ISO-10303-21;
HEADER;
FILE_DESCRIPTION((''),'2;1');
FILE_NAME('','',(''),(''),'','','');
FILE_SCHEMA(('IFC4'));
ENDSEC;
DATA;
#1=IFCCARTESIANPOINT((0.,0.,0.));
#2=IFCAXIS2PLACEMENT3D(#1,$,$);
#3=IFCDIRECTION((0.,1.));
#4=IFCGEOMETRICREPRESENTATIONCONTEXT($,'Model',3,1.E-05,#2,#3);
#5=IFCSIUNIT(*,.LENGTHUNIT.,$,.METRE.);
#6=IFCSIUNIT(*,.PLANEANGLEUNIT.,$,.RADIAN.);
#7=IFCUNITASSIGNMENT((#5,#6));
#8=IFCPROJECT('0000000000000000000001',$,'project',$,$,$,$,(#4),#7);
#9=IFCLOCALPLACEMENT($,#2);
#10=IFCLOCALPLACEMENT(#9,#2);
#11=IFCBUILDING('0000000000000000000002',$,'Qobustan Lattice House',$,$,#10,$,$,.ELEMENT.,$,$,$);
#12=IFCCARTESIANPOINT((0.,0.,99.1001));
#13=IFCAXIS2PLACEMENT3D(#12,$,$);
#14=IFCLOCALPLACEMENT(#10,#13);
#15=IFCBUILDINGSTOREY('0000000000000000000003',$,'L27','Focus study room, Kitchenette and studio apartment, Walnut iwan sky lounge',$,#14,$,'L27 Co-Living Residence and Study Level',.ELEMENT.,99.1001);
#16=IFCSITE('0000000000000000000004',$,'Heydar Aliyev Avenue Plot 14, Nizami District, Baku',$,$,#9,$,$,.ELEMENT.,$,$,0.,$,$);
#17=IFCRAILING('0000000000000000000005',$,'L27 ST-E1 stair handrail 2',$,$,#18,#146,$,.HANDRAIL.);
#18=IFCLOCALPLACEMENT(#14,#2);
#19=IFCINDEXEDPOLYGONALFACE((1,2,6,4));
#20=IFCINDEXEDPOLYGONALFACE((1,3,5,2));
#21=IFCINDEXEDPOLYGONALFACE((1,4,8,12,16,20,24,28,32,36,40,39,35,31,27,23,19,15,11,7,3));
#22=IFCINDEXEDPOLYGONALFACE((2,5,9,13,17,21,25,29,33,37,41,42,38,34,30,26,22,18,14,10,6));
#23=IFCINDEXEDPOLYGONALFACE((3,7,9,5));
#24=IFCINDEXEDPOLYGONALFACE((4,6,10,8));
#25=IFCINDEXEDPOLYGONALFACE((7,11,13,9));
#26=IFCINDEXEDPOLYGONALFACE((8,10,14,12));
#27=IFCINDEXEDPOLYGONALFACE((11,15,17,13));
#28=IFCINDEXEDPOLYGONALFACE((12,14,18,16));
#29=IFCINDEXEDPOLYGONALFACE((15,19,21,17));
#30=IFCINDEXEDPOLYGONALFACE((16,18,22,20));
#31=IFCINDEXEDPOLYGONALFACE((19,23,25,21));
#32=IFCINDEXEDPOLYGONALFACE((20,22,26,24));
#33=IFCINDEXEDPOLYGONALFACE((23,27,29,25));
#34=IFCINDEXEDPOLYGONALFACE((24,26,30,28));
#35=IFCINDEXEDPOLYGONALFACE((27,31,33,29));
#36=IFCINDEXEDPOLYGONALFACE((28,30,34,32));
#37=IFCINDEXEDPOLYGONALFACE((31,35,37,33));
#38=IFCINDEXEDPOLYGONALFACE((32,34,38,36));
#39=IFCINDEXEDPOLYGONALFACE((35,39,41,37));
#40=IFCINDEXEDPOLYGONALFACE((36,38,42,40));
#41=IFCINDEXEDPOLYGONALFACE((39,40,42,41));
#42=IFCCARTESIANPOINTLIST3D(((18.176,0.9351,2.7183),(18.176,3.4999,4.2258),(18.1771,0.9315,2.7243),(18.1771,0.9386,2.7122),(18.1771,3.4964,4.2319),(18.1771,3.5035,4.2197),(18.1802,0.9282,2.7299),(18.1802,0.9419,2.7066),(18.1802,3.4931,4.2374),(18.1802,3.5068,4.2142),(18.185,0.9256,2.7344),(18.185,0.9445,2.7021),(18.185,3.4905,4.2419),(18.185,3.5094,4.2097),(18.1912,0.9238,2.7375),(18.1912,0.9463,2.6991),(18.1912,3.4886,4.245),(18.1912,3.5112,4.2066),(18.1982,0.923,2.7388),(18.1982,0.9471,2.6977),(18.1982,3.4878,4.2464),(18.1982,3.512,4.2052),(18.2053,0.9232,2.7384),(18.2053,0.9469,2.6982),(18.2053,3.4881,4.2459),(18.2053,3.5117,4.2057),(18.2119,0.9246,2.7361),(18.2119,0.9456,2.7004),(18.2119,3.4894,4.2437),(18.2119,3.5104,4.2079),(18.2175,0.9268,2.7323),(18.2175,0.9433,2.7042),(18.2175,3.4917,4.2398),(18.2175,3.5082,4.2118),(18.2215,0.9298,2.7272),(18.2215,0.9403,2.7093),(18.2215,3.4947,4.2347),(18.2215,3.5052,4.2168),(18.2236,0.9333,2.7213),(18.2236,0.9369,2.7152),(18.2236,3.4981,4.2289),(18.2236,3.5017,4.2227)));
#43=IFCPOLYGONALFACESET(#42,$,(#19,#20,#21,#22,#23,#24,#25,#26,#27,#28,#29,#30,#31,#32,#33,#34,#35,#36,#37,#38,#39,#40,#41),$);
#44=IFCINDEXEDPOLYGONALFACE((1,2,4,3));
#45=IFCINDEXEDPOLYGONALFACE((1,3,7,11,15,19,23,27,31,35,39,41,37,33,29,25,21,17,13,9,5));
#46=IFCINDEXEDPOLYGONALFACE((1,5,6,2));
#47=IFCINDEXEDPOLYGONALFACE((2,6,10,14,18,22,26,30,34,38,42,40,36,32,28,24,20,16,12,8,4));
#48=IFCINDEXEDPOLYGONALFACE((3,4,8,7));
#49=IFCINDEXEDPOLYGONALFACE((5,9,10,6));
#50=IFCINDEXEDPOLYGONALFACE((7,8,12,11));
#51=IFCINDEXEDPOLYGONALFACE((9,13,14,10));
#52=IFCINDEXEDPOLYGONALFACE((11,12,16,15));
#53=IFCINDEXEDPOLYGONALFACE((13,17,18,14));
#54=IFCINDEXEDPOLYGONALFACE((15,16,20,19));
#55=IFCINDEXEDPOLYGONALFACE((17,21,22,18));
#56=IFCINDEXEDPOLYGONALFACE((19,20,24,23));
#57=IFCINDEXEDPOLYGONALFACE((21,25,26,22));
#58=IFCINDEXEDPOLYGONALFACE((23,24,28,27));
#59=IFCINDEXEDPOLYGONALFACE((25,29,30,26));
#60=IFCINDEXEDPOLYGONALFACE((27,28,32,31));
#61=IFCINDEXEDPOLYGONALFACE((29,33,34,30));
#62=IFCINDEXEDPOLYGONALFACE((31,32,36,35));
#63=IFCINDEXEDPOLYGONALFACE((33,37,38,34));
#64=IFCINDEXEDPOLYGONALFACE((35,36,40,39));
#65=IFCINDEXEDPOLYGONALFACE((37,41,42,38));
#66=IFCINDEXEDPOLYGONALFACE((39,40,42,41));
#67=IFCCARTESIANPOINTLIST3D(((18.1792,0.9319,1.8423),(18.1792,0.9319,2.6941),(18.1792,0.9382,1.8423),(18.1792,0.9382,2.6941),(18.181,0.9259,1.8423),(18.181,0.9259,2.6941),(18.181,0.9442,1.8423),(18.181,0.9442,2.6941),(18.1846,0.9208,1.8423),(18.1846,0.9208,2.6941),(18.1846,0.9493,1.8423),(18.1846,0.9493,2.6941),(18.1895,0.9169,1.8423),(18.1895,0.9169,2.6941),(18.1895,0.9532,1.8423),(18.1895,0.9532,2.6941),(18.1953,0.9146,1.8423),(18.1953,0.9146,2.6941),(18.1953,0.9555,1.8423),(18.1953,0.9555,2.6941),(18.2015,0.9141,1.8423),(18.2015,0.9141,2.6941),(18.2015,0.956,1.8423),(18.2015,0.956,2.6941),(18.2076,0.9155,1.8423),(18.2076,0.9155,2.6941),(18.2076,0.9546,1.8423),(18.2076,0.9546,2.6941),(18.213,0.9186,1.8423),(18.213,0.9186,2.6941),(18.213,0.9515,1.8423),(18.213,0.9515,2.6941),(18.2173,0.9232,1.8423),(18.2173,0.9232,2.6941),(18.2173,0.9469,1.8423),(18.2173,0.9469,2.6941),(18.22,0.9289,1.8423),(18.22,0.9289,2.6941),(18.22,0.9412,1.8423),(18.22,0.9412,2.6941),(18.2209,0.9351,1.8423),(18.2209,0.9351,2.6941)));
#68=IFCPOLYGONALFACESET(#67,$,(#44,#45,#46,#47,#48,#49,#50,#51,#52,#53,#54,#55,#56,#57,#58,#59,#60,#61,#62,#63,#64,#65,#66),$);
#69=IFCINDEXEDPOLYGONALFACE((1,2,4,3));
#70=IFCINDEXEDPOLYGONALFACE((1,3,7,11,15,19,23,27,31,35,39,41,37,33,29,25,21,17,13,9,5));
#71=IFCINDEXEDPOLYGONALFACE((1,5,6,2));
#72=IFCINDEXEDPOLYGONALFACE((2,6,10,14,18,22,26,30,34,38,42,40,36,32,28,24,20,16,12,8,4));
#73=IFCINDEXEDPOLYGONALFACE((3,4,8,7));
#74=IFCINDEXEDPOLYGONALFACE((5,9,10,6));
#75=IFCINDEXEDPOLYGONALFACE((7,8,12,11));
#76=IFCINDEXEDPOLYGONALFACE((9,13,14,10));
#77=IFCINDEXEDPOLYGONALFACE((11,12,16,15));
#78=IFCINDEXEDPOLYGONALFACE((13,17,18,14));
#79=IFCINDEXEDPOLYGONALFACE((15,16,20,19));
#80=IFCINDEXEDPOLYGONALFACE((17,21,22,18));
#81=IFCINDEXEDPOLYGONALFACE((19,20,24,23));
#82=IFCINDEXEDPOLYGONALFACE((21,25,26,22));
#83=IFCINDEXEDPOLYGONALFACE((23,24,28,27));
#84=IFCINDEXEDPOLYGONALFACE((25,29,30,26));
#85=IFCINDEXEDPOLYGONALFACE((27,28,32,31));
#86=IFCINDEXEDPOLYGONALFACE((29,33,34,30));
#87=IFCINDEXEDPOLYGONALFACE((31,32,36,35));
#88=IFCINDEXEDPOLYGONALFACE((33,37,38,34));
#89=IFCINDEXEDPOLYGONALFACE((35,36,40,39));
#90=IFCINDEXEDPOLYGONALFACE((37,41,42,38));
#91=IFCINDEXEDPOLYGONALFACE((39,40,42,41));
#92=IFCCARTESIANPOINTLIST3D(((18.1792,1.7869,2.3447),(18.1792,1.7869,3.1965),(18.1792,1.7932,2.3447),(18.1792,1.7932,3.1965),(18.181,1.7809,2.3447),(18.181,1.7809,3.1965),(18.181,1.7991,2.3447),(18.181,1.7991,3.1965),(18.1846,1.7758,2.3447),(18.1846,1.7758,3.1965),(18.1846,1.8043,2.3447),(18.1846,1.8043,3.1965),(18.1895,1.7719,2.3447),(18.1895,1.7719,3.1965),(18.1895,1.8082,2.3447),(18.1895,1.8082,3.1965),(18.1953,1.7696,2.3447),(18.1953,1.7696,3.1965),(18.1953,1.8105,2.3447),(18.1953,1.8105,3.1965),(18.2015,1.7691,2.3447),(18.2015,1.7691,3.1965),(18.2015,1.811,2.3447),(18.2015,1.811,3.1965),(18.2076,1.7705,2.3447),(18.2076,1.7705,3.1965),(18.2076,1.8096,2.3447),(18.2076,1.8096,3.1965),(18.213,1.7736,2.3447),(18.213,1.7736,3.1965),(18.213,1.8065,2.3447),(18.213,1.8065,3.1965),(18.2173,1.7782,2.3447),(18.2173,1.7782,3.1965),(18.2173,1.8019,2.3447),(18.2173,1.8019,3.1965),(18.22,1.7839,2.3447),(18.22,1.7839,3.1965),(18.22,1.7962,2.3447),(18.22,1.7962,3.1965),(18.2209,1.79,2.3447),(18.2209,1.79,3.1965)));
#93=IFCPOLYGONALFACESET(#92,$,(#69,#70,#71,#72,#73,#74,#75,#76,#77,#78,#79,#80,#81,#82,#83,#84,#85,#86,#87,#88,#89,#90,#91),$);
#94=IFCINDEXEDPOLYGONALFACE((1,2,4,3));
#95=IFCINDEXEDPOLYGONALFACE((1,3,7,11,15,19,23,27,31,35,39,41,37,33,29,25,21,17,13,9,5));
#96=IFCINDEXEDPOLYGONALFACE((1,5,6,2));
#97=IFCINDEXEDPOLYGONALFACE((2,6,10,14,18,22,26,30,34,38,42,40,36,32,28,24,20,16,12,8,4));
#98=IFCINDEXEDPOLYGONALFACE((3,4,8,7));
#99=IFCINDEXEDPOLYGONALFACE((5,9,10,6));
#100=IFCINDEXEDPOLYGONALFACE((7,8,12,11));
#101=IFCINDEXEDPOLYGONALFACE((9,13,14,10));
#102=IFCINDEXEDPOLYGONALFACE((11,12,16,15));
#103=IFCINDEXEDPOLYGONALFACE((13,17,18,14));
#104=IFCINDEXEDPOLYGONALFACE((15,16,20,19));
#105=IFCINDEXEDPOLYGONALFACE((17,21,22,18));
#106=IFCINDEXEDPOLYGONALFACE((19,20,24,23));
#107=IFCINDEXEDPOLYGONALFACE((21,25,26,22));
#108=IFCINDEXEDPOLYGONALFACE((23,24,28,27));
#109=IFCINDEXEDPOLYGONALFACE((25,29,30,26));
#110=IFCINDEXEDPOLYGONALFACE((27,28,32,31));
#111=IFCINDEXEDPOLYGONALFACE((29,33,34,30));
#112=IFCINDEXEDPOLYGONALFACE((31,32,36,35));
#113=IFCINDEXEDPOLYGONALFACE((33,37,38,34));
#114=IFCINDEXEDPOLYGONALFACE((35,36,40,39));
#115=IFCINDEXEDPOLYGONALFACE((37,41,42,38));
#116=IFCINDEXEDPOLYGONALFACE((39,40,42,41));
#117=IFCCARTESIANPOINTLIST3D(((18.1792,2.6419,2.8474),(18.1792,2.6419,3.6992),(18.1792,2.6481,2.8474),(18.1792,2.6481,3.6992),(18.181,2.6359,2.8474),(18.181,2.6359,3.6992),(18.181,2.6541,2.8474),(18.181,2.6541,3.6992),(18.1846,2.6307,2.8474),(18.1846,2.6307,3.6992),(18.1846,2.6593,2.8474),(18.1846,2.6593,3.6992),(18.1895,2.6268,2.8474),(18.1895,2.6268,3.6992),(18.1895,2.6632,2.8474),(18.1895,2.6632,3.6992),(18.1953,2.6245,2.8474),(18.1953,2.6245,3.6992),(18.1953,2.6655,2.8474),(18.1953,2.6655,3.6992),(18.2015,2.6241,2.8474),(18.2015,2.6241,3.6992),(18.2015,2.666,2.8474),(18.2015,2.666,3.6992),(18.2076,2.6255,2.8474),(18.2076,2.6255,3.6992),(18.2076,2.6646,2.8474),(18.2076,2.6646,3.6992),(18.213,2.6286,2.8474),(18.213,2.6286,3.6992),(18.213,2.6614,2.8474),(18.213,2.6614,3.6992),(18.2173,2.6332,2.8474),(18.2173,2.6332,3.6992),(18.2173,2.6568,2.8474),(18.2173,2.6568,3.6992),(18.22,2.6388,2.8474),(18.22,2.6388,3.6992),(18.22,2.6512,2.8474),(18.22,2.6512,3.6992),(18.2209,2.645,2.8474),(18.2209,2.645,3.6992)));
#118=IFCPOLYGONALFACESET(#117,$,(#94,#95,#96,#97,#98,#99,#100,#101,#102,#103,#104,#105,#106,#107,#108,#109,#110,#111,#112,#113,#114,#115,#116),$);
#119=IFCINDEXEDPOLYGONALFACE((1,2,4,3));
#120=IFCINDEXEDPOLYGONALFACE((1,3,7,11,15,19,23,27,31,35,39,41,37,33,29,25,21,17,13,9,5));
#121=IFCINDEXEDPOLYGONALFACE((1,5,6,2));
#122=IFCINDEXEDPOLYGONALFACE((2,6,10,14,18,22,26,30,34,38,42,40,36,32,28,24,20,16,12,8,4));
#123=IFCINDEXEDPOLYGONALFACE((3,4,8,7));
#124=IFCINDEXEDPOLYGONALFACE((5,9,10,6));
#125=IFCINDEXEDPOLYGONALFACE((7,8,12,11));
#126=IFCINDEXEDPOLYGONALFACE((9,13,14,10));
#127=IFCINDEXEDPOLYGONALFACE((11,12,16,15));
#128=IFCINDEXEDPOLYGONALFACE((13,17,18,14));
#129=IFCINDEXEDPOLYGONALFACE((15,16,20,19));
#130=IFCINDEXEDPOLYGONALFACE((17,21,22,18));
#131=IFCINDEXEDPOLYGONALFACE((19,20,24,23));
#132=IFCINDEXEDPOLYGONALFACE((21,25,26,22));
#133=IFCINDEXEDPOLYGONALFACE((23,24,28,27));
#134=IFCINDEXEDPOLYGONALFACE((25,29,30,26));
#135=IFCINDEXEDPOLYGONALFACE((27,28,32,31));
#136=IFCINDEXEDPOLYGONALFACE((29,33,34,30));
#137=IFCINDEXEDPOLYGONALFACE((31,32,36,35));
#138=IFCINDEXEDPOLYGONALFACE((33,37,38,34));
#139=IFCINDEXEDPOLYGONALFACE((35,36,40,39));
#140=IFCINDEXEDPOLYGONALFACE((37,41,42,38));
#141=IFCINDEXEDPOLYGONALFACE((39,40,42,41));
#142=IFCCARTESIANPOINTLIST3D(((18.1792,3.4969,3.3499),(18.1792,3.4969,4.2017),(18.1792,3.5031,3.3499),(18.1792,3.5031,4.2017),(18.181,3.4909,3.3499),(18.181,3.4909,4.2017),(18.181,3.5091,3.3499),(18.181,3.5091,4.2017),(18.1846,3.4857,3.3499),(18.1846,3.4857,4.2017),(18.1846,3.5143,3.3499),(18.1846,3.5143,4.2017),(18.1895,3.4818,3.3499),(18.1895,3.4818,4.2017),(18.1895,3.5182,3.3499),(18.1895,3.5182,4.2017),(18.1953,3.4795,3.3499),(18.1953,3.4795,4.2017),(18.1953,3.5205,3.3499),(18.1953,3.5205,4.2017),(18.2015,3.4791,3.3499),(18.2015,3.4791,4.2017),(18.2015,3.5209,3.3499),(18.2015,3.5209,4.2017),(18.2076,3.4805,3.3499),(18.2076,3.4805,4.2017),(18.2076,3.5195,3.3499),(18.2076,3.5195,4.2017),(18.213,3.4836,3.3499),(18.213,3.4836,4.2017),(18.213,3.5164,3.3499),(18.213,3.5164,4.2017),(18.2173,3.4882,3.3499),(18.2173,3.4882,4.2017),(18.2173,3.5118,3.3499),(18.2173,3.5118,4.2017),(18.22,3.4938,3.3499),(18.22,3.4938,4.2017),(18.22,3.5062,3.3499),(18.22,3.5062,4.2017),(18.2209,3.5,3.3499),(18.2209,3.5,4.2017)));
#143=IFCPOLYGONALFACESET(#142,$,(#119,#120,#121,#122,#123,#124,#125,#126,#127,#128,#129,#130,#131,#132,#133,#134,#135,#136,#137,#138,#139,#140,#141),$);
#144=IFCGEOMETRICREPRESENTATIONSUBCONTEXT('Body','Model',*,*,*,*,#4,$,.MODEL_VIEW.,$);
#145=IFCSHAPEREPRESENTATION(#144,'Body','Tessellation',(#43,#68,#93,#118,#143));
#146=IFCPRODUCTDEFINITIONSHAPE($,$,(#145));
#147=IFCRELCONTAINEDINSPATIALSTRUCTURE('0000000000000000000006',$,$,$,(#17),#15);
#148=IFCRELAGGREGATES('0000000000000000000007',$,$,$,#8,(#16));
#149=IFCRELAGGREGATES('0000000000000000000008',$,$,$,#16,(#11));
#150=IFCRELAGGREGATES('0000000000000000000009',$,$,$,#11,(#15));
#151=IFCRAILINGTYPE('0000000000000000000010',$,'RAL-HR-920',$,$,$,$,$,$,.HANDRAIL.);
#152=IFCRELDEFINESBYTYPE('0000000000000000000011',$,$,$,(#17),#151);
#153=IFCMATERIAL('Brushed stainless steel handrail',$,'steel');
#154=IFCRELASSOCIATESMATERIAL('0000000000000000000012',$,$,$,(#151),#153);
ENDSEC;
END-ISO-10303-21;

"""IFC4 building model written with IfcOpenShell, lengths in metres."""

from ifc_helpers import new_model, si_unit, direction, frame, origin, origin_2d, place, context, subcontext, project, spatial, circle, extrude, material, type_object, element, save


model = new_model("IFC4")

# Units and contexts
model_context = context("Model", 3, precision=1e-05, world=origin(), true_north=direction((0.0, 1.0)))
body_context = subcontext(model_context, "Body", "Model", "MODEL_VIEW")
ifc_project = project(units=[si_unit("LENGTHUNIT", "METRE"), si_unit("PLANEANGLEUNIT", "RADIAN")], contexts=[model_context])

# Site, building, storey
site_placement = place(None, origin())
site = spatial("IfcSite", under=ifc_project, at=site_placement, Name="Heydar Aliyev Avenue Plot 14, Nizami District, Baku", CompositionType="ELEMENT", RefElevation=0.0)
building_placement = place(site_placement, origin())
building = spatial("IfcBuilding", under=site, at=building_placement, Name="Qobustan Lattice House", CompositionType="ELEMENT")
storey_placement = place(building_placement, frame((0.0, 0.0, 99.1001)))
storey = spatial("IfcBuildingStorey", under=building, at=storey_placement, Name="L27", Description="Focus study room, Kitchenette and studio apartment, Walnut iwan sky lounge", LongName="L27 Co-Living Residence and Study Level", CompositionType="ELEMENT", Elevation=99.1001)

# Railing
ifc_material_1 = material(Name="Brushed stainless steel handrail", Category="steel")
railing_type = type_object("IfcRailingType", Name="RAL-HR-920", PredefinedType="HANDRAIL", material=ifc_material_1)
railing_placement = place(storey_placement, frame((18.2, 0.9351, 1.8423)))
element("IfcRailing", 1, at=railing_placement, inside=storey, type_object=railing_type, Name="L27 ST-E1 stair handrail 2", PredefinedType="HANDRAIL", context=body_context, shape_type="SweptSolid", body=[
    extrude(circle(Radius=0.0239, at=origin_2d()), frame((0.0, 0.0, 0.876), z_axis=(0.0, 0.862113, 0.506715), x_axis=(-1.0, 0.0, 0.0)), (0.0, 0.0, 1.0), 2.9751),
    extrude(circle(Radius=0.021, at=origin_2d()), origin(), (0.0, 0.0, 1.0), 0.8518),
    extrude(circle(Radius=0.021, at=origin_2d()), frame((0.0, 0.855, 0.5024)), (0.0, 0.0, 1.0), 0.8518),
    extrude(circle(Radius=0.021, at=origin_2d()), frame((0.0, 1.71, 1.0051)), (0.0, 0.0, 1.0), 0.8518),
    extrude(circle(Radius=0.021, at=origin_2d()), frame((0.0, 2.5649, 1.5076)), (0.0, 0.0, 1.0), 0.8518),
])

save(model, "model.ifc")
